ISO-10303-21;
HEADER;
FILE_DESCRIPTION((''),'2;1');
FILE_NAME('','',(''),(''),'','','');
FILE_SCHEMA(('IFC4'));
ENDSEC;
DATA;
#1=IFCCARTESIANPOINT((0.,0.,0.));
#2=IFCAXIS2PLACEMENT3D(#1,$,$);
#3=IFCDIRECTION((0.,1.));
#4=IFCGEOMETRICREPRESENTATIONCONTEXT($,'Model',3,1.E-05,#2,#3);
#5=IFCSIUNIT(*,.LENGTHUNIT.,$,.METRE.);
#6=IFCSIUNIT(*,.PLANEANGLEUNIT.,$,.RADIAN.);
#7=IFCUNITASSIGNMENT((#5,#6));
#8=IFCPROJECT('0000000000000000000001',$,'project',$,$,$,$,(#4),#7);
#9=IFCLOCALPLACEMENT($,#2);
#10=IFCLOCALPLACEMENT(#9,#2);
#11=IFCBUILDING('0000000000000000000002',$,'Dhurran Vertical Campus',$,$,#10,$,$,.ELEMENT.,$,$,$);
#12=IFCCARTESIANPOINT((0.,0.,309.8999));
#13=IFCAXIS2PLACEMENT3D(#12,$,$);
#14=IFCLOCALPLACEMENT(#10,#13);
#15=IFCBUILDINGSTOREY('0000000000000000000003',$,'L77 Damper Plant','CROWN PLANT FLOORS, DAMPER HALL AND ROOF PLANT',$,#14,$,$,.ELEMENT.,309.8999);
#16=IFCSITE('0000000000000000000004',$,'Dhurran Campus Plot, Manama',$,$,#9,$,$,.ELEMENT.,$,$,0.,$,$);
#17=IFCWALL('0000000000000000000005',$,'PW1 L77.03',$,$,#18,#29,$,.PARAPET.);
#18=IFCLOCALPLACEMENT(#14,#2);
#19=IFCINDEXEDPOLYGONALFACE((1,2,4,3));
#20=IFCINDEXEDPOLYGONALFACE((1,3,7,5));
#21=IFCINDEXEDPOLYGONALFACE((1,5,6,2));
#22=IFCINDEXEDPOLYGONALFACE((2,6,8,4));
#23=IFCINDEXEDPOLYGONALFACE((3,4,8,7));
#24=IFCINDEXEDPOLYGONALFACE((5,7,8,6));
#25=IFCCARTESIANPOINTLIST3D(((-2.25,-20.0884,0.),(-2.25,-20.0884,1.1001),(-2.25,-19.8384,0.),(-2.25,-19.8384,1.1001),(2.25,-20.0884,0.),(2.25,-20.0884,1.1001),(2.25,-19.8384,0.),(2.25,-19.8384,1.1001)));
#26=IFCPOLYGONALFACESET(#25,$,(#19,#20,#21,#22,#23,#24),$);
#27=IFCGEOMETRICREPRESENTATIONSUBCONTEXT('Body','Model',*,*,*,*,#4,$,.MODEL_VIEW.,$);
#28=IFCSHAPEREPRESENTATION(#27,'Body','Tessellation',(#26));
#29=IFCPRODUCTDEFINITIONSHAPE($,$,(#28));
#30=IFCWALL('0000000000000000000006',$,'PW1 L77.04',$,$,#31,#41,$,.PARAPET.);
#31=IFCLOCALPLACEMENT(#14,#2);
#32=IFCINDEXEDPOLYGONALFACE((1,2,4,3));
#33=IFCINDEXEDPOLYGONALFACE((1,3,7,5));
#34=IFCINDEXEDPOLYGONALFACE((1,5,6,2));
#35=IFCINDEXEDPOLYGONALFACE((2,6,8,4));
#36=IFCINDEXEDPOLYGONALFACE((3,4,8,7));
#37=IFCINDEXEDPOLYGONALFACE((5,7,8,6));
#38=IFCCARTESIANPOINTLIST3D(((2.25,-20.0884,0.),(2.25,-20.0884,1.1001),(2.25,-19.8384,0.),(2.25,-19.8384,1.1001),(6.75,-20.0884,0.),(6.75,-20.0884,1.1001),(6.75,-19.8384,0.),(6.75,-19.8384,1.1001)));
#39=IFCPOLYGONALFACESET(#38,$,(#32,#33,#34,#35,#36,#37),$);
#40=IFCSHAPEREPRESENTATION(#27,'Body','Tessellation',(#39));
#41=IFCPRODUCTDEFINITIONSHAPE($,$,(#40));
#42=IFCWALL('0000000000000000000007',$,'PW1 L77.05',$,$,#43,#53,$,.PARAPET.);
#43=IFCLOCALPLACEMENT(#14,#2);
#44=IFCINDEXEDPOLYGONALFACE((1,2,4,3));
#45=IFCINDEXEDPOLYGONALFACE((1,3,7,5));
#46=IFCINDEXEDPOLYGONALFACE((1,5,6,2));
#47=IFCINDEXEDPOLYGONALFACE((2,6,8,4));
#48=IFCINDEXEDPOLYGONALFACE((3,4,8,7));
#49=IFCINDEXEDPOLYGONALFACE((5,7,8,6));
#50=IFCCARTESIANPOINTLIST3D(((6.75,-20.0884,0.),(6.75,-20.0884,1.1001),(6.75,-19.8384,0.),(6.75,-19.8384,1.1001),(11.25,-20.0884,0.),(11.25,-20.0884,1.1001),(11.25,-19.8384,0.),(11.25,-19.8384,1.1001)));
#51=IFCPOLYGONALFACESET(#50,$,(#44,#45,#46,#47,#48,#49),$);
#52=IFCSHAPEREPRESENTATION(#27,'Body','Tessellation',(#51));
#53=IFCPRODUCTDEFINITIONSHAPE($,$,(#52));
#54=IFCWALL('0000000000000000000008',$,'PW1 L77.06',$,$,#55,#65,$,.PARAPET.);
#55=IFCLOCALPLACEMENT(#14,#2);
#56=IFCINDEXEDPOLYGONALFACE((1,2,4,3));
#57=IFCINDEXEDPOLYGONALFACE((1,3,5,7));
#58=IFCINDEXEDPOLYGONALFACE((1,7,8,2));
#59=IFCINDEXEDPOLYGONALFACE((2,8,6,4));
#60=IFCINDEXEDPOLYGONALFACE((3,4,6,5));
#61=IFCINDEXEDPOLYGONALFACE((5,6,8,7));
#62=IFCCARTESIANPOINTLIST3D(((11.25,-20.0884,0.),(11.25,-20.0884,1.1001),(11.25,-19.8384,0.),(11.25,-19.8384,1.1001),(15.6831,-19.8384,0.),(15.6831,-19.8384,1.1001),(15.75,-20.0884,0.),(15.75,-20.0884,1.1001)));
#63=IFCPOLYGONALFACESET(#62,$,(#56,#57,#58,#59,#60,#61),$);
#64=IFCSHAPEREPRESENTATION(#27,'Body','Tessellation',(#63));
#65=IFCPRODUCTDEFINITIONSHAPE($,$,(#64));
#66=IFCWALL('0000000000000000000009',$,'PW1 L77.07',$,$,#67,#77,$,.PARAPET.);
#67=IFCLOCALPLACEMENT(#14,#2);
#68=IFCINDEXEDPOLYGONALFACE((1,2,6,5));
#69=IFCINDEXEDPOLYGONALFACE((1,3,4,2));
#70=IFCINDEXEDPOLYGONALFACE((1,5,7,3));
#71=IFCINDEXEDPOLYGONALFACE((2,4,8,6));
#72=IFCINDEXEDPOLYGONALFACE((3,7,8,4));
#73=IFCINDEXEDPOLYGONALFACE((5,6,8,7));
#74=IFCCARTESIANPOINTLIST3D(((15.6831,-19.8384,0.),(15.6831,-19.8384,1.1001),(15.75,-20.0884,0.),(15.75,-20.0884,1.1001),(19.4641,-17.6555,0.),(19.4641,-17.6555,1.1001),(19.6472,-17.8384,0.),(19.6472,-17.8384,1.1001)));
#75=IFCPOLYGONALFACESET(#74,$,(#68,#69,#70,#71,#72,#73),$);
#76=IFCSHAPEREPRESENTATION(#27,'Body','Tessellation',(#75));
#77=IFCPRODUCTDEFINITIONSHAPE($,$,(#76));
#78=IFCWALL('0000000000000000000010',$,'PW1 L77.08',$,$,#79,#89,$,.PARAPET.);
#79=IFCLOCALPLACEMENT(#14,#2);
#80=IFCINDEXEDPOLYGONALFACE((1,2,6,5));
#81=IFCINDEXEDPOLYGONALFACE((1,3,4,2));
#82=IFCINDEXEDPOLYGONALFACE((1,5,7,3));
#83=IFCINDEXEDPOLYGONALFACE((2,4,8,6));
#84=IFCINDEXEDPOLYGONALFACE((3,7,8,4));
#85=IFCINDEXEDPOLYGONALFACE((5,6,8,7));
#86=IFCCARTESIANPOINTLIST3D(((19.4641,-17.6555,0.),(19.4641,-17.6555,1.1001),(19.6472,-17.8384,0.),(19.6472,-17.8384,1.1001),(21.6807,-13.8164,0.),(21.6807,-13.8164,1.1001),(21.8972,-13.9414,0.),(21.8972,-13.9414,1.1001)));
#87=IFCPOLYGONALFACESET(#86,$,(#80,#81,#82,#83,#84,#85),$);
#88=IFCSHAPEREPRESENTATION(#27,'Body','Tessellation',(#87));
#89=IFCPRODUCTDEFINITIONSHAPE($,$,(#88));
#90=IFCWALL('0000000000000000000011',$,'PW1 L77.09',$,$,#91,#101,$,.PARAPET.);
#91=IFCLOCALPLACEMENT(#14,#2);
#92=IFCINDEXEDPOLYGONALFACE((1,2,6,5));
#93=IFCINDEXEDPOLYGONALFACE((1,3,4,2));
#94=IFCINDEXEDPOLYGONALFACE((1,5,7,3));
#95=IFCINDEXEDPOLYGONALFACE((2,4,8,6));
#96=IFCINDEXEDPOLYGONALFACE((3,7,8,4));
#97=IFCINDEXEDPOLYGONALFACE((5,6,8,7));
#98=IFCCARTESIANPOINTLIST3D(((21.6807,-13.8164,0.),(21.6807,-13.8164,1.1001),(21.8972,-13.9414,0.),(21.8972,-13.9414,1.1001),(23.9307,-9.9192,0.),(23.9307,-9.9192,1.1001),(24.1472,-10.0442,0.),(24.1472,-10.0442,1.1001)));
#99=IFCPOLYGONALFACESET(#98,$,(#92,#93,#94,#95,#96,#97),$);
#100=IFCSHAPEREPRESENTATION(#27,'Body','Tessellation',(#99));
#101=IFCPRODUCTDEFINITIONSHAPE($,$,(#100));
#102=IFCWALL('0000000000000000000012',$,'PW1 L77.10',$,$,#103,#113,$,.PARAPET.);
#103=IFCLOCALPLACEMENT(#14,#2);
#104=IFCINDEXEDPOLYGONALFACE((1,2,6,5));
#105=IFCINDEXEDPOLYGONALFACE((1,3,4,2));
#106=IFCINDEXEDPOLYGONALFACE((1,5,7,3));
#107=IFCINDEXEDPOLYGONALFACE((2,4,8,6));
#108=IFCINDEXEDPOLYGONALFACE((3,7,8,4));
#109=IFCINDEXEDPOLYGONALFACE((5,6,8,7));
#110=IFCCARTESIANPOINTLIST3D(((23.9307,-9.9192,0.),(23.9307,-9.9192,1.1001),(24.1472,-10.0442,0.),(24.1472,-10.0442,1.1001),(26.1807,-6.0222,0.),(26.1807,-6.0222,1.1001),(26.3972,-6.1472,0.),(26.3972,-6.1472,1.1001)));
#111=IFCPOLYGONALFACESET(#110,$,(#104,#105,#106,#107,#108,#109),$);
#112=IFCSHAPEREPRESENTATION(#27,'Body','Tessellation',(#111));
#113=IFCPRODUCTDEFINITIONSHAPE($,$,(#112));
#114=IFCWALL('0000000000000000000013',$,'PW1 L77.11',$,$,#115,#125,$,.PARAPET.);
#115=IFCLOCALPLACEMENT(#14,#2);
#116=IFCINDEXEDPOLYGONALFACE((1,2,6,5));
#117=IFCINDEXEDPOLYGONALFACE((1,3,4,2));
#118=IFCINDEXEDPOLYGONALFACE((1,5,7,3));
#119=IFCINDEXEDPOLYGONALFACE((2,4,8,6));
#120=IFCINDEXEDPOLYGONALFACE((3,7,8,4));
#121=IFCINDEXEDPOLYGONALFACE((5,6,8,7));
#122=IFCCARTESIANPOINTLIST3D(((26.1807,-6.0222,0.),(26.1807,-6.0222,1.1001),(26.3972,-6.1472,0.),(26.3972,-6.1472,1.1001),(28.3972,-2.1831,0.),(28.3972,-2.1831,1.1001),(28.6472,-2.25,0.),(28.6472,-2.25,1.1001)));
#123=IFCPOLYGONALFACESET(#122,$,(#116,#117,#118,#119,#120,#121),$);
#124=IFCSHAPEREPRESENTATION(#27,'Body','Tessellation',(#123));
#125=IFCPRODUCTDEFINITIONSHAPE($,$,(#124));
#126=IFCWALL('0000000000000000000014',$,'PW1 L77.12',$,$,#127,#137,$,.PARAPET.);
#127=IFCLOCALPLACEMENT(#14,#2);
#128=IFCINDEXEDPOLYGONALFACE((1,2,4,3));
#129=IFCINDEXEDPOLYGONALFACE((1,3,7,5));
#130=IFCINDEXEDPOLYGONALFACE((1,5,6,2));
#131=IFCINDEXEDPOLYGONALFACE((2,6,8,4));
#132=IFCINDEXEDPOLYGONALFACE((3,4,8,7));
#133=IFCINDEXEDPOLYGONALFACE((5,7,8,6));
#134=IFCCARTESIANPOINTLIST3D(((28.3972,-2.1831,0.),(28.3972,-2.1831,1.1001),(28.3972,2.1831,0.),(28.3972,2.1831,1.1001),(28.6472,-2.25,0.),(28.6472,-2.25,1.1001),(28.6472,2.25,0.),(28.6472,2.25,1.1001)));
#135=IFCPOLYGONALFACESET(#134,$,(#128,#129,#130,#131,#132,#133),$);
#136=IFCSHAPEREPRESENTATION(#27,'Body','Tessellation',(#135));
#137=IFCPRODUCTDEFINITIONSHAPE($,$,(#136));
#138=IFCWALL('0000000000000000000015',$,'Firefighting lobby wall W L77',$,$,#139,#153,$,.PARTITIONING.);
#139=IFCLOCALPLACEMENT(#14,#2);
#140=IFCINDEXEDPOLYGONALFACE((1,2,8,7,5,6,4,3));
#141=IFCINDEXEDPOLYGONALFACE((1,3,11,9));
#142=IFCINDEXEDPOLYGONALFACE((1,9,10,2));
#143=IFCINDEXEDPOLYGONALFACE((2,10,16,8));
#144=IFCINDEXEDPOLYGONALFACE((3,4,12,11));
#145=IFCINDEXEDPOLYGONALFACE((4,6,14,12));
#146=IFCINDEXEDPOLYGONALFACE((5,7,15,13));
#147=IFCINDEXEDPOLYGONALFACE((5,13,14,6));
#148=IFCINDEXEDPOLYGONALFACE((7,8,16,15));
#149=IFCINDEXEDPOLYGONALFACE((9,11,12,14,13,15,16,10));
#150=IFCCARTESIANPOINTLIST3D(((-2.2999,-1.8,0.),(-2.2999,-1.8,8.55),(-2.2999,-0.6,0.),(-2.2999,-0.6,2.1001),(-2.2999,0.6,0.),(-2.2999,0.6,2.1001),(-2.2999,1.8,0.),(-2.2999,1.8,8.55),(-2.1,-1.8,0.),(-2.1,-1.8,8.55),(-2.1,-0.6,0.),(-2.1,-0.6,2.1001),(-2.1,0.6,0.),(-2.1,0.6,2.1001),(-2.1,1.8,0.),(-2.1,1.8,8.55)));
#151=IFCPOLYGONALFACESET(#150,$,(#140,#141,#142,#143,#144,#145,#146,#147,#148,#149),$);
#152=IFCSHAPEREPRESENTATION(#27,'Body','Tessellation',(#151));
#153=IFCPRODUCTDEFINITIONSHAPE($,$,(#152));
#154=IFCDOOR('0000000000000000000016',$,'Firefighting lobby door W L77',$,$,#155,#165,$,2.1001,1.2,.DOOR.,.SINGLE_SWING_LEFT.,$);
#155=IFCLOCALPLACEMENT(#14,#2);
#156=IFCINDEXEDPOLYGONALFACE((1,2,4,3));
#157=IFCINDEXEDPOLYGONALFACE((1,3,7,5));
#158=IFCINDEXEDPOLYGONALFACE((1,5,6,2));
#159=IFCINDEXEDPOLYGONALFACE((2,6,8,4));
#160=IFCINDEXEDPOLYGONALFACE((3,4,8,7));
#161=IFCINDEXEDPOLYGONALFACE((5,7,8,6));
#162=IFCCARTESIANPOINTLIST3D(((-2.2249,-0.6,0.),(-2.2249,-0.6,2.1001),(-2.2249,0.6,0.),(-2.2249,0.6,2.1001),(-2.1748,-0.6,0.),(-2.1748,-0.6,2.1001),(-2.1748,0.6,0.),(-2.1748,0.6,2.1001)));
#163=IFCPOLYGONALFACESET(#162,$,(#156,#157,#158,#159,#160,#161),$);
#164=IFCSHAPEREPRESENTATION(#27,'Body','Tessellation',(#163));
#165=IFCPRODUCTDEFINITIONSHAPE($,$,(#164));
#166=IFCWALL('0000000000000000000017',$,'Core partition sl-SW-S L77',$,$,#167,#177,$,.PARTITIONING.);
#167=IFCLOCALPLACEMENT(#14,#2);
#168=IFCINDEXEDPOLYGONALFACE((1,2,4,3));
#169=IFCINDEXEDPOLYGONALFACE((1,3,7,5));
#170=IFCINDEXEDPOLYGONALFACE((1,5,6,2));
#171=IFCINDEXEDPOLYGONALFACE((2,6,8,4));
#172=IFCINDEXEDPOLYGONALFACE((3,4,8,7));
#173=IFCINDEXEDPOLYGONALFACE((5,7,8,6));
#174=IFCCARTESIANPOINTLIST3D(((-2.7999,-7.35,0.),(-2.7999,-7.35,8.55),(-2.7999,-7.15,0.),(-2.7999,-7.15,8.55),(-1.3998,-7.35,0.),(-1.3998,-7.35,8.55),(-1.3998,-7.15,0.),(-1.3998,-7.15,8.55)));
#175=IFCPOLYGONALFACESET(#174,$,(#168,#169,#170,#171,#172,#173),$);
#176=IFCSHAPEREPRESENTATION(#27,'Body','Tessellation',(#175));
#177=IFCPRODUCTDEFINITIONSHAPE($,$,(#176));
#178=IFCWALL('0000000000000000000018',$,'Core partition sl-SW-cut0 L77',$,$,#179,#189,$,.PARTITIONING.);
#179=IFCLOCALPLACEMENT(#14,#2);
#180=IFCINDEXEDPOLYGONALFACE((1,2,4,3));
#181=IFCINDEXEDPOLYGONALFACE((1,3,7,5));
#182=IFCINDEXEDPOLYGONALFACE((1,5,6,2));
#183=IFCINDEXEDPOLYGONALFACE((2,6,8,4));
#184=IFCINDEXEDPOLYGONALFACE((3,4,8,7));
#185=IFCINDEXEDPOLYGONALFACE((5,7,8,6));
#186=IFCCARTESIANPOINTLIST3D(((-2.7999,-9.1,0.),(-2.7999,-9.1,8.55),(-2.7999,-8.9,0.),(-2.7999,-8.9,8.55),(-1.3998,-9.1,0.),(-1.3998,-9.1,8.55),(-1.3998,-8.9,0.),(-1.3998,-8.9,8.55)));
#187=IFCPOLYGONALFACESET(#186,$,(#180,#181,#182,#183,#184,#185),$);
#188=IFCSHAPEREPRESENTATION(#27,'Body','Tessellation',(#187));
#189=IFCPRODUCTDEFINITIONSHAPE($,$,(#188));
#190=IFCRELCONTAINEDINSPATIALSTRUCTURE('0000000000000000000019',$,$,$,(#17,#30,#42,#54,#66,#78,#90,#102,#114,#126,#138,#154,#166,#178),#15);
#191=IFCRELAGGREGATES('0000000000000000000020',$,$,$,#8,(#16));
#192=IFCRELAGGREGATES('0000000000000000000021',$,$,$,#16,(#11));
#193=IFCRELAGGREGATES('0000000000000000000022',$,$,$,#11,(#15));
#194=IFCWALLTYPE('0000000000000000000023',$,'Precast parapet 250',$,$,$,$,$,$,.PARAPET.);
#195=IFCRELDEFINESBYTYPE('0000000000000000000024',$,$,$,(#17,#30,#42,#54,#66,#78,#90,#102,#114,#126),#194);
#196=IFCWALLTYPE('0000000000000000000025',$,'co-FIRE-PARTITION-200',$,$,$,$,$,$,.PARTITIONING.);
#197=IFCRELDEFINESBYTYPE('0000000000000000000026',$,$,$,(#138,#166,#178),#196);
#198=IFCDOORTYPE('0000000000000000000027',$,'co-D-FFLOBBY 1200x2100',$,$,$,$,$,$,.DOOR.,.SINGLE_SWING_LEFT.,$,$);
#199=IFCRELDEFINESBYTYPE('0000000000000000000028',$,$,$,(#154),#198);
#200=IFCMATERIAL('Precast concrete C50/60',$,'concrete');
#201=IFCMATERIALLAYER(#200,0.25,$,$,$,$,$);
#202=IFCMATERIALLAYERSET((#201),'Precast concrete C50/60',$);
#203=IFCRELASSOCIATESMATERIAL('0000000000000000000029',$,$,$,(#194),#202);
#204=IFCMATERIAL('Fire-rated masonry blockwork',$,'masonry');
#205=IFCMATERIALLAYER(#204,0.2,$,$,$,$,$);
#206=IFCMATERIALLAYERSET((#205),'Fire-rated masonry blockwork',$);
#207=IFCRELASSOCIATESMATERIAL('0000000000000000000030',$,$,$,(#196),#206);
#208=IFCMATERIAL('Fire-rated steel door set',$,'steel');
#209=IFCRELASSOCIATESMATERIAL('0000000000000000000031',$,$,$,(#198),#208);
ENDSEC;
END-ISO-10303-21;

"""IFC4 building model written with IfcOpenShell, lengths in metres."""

from ifc_helpers import new_model, si_unit, direction, frame, frame_2d, origin, place, context, subcontext, project, spatial, polyline, rectangle, outline, extrude, material, layer, layer_set, type_object, element, fill, save


model = new_model("IFC4")

# Units and contexts
model_context = context("Model", 3, precision=1e-05, world=origin(), true_north=direction((0.0, 1.0)))
body_context = subcontext(model_context, "Body", "Model", "MODEL_VIEW")
ifc_project = project(units=[si_unit("LENGTHUNIT", "METRE"), si_unit("PLANEANGLEUNIT", "RADIAN")], contexts=[model_context])

# Site, building, storey
site_placement = place(None, origin())
site = spatial("IfcSite", under=ifc_project, at=site_placement, Name="Dhurran Campus Plot, Manama", CompositionType="ELEMENT", RefElevation=0.0)
building_placement = place(site_placement, origin())
building = spatial("IfcBuilding", under=site, at=building_placement, Name="Dhurran Vertical Campus", CompositionType="ELEMENT")
storey_placement = place(building_placement, frame((0.0, 0.0, 309.8999)))
storey = spatial("IfcBuildingStorey", under=building, at=storey_placement, Name="L77 Damper Plant", Description="CROWN PLANT FLOORS, DAMPER HALL AND ROOF PLANT", CompositionType="ELEMENT", Elevation=309.8999)

# Walls
ifc_material_1 = material(Name="Precast concrete C50/60", Category="concrete")
ifc_layer_1 = layer(ifc_material_1, 0.25)
ifc_layer_set_1 = layer_set([ifc_layer_1], Name="Precast concrete C50/60")
wall_type_1 = type_object("IfcWallType", Name="Precast parapet 250", PredefinedType="PARAPET", material=ifc_layer_set_1)
wall_1_placement = place(storey_placement, origin())
element("IfcWall", 1, at=wall_1_placement, inside=storey, type_object=wall_type_1, Name="PW1 L77.03", PredefinedType="PARAPET", context=body_context, shape_type="SweptSolid", body=[
    extrude(outline(polyline([(-2.25, -20.0884), (2.25, -20.0884), (2.25, -19.8384), (-2.25, -19.8384), (-2.25, -20.0884)])), origin(), (0.0, 0.0, 1.0), 1.1001),
])
wall_2_placement = place(storey_placement, origin())
element("IfcWall", 2, at=wall_2_placement, inside=storey, type_object=wall_type_1, Name="PW1 L77.04", PredefinedType="PARAPET", context=body_context, shape_type="SweptSolid", body=[
    extrude(outline(polyline([(2.25, -20.0884), (6.75, -20.0884), (6.75, -19.8384), (2.25, -19.8384), (2.25, -20.0884)])), origin(), (0.0, 0.0, 1.0), 1.1001),
])
wall_3_placement = place(storey_placement, origin())
element("IfcWall", 3, at=wall_3_placement, inside=storey, type_object=wall_type_1, Name="PW1 L77.05", PredefinedType="PARAPET", context=body_context, shape_type="SweptSolid", body=[
    extrude(outline(polyline([(6.75, -20.0884), (11.25, -20.0884), (11.25, -19.8384), (6.75, -19.8384), (6.75, -20.0884)])), origin(), (0.0, 0.0, 1.0), 1.1001),
])
wall_4_placement = place(storey_placement, origin())
element("IfcWall", 4, at=wall_4_placement, inside=storey, type_object=wall_type_1, Name="PW1 L77.06", PredefinedType="PARAPET", context=body_context, shape_type="SweptSolid", body=[
    extrude(outline(polyline([(11.25, -20.0884), (15.75, -20.0884), (15.6831, -19.8384), (11.25, -19.8384), (11.25, -20.0884)])), origin(), (0.0, 0.0, 1.0), 1.1001),
])
wall_5_placement = place(storey_placement, origin())
element("IfcWall", 5, at=wall_5_placement, inside=storey, type_object=wall_type_1, Name="PW1 L77.07", PredefinedType="PARAPET", context=body_context, shape_type="SweptSolid", body=[
    extrude(outline(polyline([(15.75, -20.0884), (19.6472, -17.8384), (19.4641, -17.6555), (15.6831, -19.8384), (15.75, -20.0884)])), origin(), (0.0, 0.0, 1.0), 1.1001),
])
wall_6_placement = place(storey_placement, origin())
element("IfcWall", 6, at=wall_6_placement, inside=storey, type_object=wall_type_1, Name="PW1 L77.08", PredefinedType="PARAPET", context=body_context, shape_type="SweptSolid", body=[
    extrude(outline(polyline([(19.6472, -17.8384), (21.8972, -13.9414), (21.6807, -13.8164), (19.4641, -17.6555), (19.6472, -17.8384)])), origin(), (0.0, 0.0, 1.0), 1.1001),
])
wall_7_placement = place(storey_placement, origin())
element("IfcWall", 7, at=wall_7_placement, inside=storey, type_object=wall_type_1, Name="PW1 L77.09", PredefinedType="PARAPET", context=body_context, shape_type="SweptSolid", body=[
    extrude(outline(polyline([(21.8972, -13.9414), (24.1472, -10.0442), (23.9307, -9.9192), (21.6807, -13.8164), (21.8972, -13.9414)])), origin(), (0.0, 0.0, 1.0), 1.1001),
])
wall_8_placement = place(storey_placement, origin())
element("IfcWall", 8, at=wall_8_placement, inside=storey, type_object=wall_type_1, Name="PW1 L77.10", PredefinedType="PARAPET", context=body_context, shape_type="SweptSolid", body=[
    extrude(outline(polyline([(24.1472, -10.0442), (26.3972, -6.1472), (26.1807, -6.0222), (23.9307, -9.9192), (24.1472, -10.0442)])), origin(), (0.0, 0.0, 1.0), 1.1001),
])
wall_9_placement = place(storey_placement, origin())
element("IfcWall", 9, at=wall_9_placement, inside=storey, type_object=wall_type_1, Name="PW1 L77.11", PredefinedType="PARAPET", context=body_context, shape_type="SweptSolid", body=[
    extrude(outline(polyline([(26.3972, -6.1472), (28.6472, -2.25), (28.3972, -2.1831), (26.1807, -6.0222), (26.3972, -6.1472)])), origin(), (0.0, 0.0, 1.0), 1.1001),
])
wall_10_placement = place(storey_placement, origin())
element("IfcWall", 10, at=wall_10_placement, inside=storey, type_object=wall_type_1, Name="PW1 L77.12", PredefinedType="PARAPET", context=body_context, shape_type="SweptSolid", body=[
    extrude(outline(polyline([(28.6472, -2.25), (28.6472, 2.25), (28.3972, 2.1831), (28.3972, -2.1831), (28.6472, -2.25)])), origin(), (0.0, 0.0, 1.0), 1.1001),
])

# Wall, opening, door
ifc_material_2 = material(Name="Fire-rated masonry blockwork", Category="masonry")
ifc_layer_2 = layer(ifc_material_2, 0.2)
ifc_layer_set_2 = layer_set([ifc_layer_2], Name="Fire-rated masonry blockwork")
wall_type_2 = type_object("IfcWallType", Name="co-FIRE-PARTITION-200", PredefinedType="PARTITIONING", material=ifc_layer_set_2)
wall_11_placement = place(storey_placement, frame((-2.2, -1.8, 0.0), z_axis=(0.0, 0.0, 1.0), x_axis=(0.0, 1.0, 0.0)))
wall_11 = element("IfcWall", 11, at=wall_11_placement, inside=storey, type_object=wall_type_2, Name="Firefighting lobby wall W L77", PredefinedType="PARTITIONING", context=body_context, shape_type="SweptSolid", body=[
    extrude(rectangle(XDim=3.6001, YDim=0.2, at=frame_2d((1.8, 0.0))), origin(), (0.0, 0.0, 1.0), 8.55),
])
opening_1_placement = place(wall_11_placement, frame((1.2, 0.0, 0.0)))
opening_1 = element("IfcOpeningElement", 12, at=opening_1_placement, cuts=wall_11, PredefinedType="OPENING", context=body_context, shape_type="SweptSolid", body=[
    extrude(rectangle(XDim=1.2, YDim=2.1001, at=frame_2d((0.6001, 1.05))), frame((0.0, 0.1099, 0.0), z_axis=(0.0, -1.0, 0.0), x_axis=(1.0, 0.0, 0.0)), (0.0, 0.0, 1.0), 0.22),
])
ifc_material_3 = material(Name="Fire-rated steel door set", Category="steel")
door_type_1 = type_object("IfcDoorType", Name="co-D-FFLOBBY 1200x2100", OperationType="SINGLE_SWING_LEFT", PredefinedType="DOOR", material=ifc_material_3)
door_1_placement = place(opening_1_placement, origin())
door_1 = element("IfcDoor", 13, at=door_1_placement, inside=storey, type_object=door_type_1, Name="Firefighting lobby door W L77", OperationType="SINGLE_SWING_LEFT", OverallHeight=2.1001, OverallWidth=1.2, PredefinedType="DOOR", context=body_context, shape_type="SweptSolid", body=[
    extrude(rectangle(XDim=1.2, YDim=2.1001, at=frame_2d((0.6001, 1.05))), frame((0.0, 0.0249, 0.0), z_axis=(0.0, -1.0, 0.0), x_axis=(1.0, 0.0, 0.0)), (0.0, 0.0, 1.0), 0.05),
])
fill(opening_1, door_1)

# Walls
for number, where, z_axis, x_axis, name in (
    (14, (-2.8, -7.25, 0.0), (0.0, 0.0, 1.0), (1.0, 0.0, 0.0), "Core partition sl-SW-S L77"),
    (15, (-2.8, -9.0, 0.0), (0.0, 0.0, 1.0), (1.0, 0.0, 0.0), "Core partition sl-SW-cut0 L77"),
):
    element("IfcWall", number, at=place(storey_placement, frame(where, z_axis=z_axis, x_axis=x_axis)), inside=storey, type_object=wall_type_2, Name=name, PredefinedType="PARTITIONING", context=body_context, shape_type="SweptSolid", body=[
        extrude(rectangle(XDim=1.4001, YDim=0.2, at=frame_2d((0.7002, 0.0))), origin(), (0.0, 0.0, 1.0), 8.55),
    ])

save(model, "model.ifc")
